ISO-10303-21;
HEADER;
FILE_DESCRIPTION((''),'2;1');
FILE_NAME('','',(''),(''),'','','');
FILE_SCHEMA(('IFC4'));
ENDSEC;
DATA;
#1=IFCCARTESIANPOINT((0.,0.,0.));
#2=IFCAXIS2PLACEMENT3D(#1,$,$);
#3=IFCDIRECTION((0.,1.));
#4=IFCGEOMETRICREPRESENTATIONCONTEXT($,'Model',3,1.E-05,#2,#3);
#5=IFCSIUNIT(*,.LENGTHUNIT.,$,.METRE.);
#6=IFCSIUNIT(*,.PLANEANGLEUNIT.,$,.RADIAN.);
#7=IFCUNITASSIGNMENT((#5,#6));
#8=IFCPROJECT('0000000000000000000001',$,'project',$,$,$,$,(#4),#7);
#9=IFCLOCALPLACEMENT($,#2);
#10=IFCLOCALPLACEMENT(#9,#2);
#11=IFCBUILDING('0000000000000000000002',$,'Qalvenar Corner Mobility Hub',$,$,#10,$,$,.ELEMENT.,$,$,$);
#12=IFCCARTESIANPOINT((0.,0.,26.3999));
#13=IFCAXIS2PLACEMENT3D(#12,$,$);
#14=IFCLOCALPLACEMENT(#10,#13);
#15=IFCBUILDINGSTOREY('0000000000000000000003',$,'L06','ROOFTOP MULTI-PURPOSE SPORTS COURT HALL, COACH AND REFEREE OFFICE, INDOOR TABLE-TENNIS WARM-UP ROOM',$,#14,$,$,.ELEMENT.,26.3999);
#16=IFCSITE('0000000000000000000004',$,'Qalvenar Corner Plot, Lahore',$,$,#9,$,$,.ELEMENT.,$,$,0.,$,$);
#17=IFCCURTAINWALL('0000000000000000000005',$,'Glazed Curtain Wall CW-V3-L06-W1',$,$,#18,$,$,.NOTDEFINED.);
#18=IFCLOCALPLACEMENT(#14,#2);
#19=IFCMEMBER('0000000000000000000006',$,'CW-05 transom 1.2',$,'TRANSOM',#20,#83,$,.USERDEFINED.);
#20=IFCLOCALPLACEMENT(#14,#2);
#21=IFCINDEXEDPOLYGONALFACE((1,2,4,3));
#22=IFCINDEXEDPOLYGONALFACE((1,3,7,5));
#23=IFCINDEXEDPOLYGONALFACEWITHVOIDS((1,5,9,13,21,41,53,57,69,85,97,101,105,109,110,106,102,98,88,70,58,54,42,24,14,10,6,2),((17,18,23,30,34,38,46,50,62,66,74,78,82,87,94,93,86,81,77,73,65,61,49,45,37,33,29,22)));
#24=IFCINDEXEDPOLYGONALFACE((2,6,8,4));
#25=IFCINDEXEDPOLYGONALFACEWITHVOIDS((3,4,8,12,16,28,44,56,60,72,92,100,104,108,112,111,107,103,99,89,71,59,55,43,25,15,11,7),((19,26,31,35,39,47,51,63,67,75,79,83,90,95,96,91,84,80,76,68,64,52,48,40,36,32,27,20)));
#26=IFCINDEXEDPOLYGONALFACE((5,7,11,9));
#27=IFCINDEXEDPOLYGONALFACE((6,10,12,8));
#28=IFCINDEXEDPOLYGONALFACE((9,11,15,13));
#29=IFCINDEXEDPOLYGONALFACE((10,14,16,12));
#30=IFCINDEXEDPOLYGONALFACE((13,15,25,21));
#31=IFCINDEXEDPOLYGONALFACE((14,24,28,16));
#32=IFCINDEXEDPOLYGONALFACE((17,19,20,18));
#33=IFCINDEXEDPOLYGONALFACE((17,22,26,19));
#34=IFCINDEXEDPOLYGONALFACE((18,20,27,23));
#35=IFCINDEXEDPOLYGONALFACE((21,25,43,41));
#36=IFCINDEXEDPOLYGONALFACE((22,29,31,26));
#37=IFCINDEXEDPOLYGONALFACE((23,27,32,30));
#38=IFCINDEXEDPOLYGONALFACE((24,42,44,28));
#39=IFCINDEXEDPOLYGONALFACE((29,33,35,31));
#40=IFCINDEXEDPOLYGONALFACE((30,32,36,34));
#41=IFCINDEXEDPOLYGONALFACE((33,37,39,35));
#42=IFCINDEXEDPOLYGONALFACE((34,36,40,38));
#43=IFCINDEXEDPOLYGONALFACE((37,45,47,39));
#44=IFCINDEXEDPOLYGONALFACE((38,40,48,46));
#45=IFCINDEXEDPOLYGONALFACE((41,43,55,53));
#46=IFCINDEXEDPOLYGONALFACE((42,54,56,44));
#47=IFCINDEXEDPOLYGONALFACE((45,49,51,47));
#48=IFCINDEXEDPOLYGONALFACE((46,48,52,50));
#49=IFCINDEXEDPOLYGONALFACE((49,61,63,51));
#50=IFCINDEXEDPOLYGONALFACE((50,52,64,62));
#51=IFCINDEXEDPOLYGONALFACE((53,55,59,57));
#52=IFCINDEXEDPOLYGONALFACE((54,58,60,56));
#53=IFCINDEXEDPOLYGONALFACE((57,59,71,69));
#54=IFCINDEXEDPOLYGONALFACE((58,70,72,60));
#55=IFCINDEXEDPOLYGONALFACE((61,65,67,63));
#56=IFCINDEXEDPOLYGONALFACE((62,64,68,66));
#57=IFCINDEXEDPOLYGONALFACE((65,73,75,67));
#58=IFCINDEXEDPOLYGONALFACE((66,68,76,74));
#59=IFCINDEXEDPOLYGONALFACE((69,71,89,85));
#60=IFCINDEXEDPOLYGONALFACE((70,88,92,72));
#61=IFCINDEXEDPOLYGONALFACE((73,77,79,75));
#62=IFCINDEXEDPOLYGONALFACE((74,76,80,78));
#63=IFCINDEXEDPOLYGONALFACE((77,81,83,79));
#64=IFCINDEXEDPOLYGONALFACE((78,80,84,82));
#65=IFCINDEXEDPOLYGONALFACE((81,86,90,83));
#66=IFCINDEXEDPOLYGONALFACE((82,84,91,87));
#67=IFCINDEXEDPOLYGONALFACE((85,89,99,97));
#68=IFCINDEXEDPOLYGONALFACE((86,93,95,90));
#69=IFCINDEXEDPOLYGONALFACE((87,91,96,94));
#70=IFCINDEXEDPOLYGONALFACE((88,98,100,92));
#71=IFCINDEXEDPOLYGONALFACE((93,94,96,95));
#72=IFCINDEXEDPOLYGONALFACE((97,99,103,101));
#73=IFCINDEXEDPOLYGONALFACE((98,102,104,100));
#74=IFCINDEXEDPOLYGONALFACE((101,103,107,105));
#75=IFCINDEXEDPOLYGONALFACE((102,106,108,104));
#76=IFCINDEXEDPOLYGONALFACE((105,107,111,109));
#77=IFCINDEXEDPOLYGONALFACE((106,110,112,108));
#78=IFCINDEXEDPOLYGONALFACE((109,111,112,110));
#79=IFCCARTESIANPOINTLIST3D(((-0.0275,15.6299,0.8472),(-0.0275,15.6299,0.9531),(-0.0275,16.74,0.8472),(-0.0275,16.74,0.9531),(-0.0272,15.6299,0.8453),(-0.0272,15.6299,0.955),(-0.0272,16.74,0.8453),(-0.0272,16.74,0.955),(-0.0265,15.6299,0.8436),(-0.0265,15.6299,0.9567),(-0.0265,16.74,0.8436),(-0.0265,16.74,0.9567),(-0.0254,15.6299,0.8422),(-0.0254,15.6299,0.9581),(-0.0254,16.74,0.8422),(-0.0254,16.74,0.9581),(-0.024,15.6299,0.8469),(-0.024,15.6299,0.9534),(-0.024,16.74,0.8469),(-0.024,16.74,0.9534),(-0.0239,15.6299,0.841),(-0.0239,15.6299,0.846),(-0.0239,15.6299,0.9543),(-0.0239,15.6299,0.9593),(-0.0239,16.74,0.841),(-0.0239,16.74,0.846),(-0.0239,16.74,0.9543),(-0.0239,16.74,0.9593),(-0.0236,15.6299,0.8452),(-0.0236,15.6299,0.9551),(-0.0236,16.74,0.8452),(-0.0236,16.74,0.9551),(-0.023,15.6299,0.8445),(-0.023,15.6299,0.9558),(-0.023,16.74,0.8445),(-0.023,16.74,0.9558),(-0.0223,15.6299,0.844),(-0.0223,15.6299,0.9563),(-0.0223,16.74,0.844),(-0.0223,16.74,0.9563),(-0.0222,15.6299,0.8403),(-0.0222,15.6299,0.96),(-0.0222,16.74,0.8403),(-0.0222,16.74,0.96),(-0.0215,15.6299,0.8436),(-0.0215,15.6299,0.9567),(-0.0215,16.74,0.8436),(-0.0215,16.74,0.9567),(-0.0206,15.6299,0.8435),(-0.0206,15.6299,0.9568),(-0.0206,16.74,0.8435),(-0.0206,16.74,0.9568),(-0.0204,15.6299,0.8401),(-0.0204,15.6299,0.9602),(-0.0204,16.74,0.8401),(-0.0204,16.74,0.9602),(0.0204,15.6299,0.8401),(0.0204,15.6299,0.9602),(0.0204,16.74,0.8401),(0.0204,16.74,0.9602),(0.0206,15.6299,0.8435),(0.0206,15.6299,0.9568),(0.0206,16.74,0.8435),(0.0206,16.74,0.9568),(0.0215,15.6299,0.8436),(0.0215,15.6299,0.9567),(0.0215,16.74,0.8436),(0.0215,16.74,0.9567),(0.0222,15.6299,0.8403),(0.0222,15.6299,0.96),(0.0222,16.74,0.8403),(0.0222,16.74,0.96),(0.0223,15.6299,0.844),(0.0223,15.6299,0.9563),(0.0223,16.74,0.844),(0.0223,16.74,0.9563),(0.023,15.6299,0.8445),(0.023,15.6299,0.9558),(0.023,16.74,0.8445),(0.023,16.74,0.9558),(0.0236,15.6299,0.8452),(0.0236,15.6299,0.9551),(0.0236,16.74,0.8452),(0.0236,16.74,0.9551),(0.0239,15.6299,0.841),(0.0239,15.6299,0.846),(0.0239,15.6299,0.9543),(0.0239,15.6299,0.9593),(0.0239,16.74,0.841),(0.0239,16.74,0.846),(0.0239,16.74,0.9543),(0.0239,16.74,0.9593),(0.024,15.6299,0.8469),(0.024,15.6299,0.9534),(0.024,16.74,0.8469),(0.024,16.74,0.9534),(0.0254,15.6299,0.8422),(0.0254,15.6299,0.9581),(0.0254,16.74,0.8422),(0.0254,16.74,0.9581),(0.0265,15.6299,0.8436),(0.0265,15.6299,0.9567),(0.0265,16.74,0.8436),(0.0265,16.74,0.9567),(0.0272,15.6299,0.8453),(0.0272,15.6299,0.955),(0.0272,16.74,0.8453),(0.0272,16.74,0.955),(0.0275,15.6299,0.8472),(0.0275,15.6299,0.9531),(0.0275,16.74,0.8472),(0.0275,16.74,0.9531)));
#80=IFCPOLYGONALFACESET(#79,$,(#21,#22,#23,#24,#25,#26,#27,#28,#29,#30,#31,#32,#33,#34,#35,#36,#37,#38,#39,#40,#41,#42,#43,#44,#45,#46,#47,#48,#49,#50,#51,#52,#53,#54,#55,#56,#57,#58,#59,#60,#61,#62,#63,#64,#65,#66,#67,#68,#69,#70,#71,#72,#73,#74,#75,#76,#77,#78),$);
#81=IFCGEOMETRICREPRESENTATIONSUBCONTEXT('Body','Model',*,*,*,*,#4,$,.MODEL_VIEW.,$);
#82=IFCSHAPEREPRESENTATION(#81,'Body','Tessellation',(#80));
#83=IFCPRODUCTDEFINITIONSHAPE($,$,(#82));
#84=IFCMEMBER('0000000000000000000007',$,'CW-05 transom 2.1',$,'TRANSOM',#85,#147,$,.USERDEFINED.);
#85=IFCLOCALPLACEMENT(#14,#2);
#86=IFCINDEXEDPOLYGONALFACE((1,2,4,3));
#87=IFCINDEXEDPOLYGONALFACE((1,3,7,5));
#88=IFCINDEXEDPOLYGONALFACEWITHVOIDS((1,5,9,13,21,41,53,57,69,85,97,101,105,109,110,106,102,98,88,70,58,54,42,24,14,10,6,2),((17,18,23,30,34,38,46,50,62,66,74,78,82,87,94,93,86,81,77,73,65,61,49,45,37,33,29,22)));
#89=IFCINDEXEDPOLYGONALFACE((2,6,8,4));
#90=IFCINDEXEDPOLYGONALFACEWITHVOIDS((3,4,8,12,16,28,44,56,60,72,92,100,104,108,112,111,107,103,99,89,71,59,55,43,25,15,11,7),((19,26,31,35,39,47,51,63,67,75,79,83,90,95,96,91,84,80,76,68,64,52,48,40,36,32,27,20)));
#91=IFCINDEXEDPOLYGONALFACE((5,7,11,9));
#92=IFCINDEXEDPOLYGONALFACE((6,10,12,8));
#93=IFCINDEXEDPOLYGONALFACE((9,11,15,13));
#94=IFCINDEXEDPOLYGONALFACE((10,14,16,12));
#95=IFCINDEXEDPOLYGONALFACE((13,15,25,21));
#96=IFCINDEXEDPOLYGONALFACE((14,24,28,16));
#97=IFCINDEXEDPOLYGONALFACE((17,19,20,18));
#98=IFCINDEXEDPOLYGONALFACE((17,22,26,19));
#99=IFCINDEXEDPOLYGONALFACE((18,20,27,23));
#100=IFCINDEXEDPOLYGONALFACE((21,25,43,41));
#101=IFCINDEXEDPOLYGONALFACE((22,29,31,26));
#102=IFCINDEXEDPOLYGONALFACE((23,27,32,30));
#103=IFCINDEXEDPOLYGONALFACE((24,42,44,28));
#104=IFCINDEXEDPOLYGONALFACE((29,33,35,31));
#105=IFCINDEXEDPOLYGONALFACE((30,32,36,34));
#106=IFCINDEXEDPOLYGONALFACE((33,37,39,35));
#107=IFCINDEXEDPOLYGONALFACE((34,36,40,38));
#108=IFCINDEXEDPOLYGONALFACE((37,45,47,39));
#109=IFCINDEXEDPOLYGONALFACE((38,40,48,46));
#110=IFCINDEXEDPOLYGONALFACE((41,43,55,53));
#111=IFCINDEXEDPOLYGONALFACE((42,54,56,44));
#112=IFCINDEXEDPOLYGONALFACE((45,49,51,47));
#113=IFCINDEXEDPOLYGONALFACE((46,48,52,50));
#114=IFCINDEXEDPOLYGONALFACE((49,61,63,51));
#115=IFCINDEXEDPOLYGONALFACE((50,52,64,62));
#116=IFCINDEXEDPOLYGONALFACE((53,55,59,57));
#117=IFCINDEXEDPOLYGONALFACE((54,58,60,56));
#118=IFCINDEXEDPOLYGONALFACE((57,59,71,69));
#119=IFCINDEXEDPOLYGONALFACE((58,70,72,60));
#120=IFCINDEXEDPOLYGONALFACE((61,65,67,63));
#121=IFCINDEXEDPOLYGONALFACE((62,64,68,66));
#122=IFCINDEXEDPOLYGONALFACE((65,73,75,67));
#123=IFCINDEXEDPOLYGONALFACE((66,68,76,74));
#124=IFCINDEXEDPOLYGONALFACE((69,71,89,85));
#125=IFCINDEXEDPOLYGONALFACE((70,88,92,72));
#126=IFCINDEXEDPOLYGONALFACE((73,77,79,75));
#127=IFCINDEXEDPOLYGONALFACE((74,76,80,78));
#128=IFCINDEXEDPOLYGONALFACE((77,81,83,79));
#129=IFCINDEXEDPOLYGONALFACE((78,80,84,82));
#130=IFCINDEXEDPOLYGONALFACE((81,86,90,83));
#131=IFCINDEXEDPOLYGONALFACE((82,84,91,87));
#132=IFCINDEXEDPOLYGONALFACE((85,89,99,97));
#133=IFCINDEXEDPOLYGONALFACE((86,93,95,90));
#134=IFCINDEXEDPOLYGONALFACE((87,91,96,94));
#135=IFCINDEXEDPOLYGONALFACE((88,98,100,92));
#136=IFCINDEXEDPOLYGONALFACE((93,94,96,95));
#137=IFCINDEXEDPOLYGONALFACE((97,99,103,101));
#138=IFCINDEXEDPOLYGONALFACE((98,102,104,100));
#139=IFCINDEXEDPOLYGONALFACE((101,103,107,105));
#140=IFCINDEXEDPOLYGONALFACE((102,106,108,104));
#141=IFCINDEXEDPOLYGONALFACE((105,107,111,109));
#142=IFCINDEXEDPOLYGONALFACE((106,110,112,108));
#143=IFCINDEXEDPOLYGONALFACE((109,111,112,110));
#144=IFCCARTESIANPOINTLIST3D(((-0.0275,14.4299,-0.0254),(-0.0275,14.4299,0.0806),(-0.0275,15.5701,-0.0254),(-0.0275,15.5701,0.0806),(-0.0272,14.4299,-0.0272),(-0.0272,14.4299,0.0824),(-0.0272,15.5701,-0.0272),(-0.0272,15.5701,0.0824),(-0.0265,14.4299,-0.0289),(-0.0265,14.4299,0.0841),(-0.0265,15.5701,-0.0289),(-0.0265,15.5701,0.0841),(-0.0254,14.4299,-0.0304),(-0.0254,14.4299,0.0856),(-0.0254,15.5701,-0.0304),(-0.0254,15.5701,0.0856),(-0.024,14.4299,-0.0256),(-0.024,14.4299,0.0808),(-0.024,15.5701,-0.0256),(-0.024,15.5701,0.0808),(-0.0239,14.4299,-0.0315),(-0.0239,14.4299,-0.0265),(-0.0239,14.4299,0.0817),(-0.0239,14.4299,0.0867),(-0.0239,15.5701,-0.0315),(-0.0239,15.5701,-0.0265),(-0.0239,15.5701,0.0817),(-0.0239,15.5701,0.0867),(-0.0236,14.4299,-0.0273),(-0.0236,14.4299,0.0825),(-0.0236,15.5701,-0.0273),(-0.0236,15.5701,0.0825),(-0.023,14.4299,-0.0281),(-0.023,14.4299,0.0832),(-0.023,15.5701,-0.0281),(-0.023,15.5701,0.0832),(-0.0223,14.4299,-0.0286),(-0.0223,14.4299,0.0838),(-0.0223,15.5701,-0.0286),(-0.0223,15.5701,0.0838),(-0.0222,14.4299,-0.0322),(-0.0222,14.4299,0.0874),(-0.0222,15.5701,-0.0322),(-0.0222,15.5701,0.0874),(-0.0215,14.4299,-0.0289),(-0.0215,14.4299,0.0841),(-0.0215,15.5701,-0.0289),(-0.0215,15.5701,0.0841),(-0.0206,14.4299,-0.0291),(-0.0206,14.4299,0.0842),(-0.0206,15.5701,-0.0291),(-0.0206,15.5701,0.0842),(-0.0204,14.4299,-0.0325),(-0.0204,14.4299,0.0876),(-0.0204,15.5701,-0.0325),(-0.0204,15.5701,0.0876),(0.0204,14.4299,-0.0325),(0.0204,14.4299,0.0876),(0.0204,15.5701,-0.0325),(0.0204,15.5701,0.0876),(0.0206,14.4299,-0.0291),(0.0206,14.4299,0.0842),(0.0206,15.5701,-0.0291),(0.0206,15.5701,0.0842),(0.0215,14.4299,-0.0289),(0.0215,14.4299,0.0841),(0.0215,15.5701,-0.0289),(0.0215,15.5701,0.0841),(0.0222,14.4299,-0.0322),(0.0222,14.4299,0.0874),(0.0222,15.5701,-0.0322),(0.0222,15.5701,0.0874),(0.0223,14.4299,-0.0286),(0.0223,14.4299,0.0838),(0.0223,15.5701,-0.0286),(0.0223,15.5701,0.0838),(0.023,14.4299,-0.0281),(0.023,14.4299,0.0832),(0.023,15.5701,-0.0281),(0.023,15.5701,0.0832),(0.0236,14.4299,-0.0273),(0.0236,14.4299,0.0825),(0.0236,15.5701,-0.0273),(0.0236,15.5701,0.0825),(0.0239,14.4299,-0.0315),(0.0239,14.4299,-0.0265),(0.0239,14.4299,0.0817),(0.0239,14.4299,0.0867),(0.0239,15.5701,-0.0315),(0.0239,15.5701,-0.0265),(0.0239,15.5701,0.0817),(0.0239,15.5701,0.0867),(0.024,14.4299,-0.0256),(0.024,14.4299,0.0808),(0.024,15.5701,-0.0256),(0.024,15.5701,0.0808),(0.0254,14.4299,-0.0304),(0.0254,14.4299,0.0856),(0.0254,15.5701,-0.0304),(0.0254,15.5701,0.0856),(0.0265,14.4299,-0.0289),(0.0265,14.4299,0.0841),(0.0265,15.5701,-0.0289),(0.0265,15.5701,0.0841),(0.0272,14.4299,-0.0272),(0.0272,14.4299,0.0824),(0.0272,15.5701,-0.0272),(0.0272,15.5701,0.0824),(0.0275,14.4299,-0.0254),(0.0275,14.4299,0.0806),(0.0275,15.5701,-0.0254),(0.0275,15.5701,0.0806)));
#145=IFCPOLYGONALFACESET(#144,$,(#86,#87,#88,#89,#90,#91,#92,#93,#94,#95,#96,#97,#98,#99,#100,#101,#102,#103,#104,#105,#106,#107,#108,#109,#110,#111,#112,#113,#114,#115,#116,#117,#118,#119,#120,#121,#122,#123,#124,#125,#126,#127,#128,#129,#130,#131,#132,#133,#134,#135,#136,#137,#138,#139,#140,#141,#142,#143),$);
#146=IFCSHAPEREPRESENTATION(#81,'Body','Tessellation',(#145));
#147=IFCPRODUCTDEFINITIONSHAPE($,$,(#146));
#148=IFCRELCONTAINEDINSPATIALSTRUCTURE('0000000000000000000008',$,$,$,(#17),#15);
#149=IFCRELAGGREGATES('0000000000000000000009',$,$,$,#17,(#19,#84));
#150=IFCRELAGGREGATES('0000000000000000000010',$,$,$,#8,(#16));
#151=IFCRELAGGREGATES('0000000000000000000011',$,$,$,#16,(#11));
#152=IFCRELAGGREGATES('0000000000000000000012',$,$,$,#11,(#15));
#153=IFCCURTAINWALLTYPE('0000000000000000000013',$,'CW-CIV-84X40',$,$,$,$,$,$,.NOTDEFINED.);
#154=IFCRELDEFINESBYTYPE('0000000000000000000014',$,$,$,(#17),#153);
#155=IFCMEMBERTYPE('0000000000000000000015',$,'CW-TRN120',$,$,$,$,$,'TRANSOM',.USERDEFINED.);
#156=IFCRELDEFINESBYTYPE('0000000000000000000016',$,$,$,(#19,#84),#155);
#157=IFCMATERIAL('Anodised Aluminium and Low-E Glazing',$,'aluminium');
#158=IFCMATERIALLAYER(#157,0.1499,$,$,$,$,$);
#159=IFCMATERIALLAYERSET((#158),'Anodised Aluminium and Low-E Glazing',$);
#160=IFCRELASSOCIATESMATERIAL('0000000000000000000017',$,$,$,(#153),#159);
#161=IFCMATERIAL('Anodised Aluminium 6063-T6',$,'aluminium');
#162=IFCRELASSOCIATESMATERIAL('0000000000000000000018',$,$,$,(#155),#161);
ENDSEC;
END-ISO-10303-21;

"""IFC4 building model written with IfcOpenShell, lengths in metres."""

from ifc_helpers import new_model, si_unit, direction, frame, origin, origin_2d, place, context, subcontext, project, spatial, hollow_rectangle, extrude, material, layer, layer_set, material_profile, profile_set, type_object, element, aggregate, save


model = new_model("IFC4")

# Units and contexts
model_context = context("Model", 3, precision=1e-05, world=origin(), true_north=direction((0.0, 1.0)))
body_context = subcontext(model_context, "Body", "Model", "MODEL_VIEW")
ifc_project = project(units=[si_unit("LENGTHUNIT", "METRE"), si_unit("PLANEANGLEUNIT", "RADIAN")], contexts=[model_context])

# Site, building, storey
site_placement = place(None, origin())
site = spatial("IfcSite", under=ifc_project, at=site_placement, Name="Qalvenar Corner Plot, Lahore", CompositionType="ELEMENT", RefElevation=0.0)
building_placement = place(site_placement, origin())
building = spatial("IfcBuilding", under=site, at=building_placement, Name="Qalvenar Corner Mobility Hub", CompositionType="ELEMENT")
storey_placement = place(building_placement, frame((0.0, 0.0, 26.3999)))
storey = spatial("IfcBuildingStorey", under=building, at=storey_placement, Name="L06", Description="ROOFTOP MULTI-PURPOSE SPORTS COURT HALL, COACH AND REFEREE OFFICE, INDOOR TABLE-TENNIS WARM-UP ROOM", CompositionType="ELEMENT", Elevation=26.3999)

# Curtain wall, members
ifc_material_1 = material(Name="Anodised Aluminium and Low-E Glazing", Category="aluminium")
ifc_layer_1 = layer(ifc_material_1, 0.1499)
ifc_layer_set_1 = layer_set([ifc_layer_1], Name="Anodised Aluminium and Low-E Glazing")
curtain_wall_type = type_object("IfcCurtainWallType", Name="CW-CIV-84X40", PredefinedType="NOTDEFINED", material=ifc_layer_set_1)
curtain_wall_placement = place(storey_placement, origin())
curtain_wall = element("IfcCurtainWall", 1, at=curtain_wall_placement, inside=storey, type_object=curtain_wall_type, Name="Glazed Curtain Wall CW-V3-L06-W1", PredefinedType="NOTDEFINED")
ifc_material_2 = material(Name="Anodised Aluminium 6063-T6", Category="aluminium")
ifc_material_profile_1 = material_profile(ifc_material_2, hollow_rectangle(XDim=0.0549, YDim=0.1201, WallThickness=0.0034, InnerFilletRadius=0.0034, OuterFilletRadius=0.0071, at=origin_2d()), Name="RHS120x55x3.5")
ifc_profile_set_1 = profile_set([ifc_material_profile_1], Name="Anodised Aluminium 6063-T6")
member_type_1 = type_object("IfcMemberType", Name="CW-TRN120", ElementType="TRANSOM", PredefinedType="USERDEFINED", material=ifc_profile_set_1)
member_1_placement = place(storey_placement, frame((0.0, 16.74, 0.9001), z_axis=(0.0, -1.0, 0.0), x_axis=(1.0, 0.0, 0.0)))
member_1 = element("IfcMember", 2, at=member_1_placement, type_object=member_type_1, Name="CW-05 transom 1.2", ObjectType="TRANSOM", PredefinedType="USERDEFINED", context=body_context, shape_type="SweptSolid", body=[
    extrude(hollow_rectangle(XDim=0.0549, YDim=0.1201, WallThickness=0.0034, InnerFilletRadius=0.0034, OuterFilletRadius=0.0071, at=origin_2d()), origin(), (0.0, 0.0, 1.0), 1.1101),
])
member_2_placement = place(storey_placement, frame((0.0, 15.5701, 0.0276), z_axis=(0.0, -1.0, 0.0), x_axis=(1.0, 0.0, 0.0)))
member_2 = element("IfcMember", 3, at=member_2_placement, type_object=member_type_1, Name="CW-05 transom 2.1", ObjectType="TRANSOM", PredefinedType="USERDEFINED", context=body_context, shape_type="SweptSolid", body=[
    extrude(hollow_rectangle(XDim=0.0549, YDim=0.1201, WallThickness=0.0034, InnerFilletRadius=0.0034, OuterFilletRadius=0.0071, at=origin_2d()), origin(), (0.0, 0.0, 1.0), 1.1401),
])
aggregate(curtain_wall, [member_1, member_2])

save(model, "model.ifc")
